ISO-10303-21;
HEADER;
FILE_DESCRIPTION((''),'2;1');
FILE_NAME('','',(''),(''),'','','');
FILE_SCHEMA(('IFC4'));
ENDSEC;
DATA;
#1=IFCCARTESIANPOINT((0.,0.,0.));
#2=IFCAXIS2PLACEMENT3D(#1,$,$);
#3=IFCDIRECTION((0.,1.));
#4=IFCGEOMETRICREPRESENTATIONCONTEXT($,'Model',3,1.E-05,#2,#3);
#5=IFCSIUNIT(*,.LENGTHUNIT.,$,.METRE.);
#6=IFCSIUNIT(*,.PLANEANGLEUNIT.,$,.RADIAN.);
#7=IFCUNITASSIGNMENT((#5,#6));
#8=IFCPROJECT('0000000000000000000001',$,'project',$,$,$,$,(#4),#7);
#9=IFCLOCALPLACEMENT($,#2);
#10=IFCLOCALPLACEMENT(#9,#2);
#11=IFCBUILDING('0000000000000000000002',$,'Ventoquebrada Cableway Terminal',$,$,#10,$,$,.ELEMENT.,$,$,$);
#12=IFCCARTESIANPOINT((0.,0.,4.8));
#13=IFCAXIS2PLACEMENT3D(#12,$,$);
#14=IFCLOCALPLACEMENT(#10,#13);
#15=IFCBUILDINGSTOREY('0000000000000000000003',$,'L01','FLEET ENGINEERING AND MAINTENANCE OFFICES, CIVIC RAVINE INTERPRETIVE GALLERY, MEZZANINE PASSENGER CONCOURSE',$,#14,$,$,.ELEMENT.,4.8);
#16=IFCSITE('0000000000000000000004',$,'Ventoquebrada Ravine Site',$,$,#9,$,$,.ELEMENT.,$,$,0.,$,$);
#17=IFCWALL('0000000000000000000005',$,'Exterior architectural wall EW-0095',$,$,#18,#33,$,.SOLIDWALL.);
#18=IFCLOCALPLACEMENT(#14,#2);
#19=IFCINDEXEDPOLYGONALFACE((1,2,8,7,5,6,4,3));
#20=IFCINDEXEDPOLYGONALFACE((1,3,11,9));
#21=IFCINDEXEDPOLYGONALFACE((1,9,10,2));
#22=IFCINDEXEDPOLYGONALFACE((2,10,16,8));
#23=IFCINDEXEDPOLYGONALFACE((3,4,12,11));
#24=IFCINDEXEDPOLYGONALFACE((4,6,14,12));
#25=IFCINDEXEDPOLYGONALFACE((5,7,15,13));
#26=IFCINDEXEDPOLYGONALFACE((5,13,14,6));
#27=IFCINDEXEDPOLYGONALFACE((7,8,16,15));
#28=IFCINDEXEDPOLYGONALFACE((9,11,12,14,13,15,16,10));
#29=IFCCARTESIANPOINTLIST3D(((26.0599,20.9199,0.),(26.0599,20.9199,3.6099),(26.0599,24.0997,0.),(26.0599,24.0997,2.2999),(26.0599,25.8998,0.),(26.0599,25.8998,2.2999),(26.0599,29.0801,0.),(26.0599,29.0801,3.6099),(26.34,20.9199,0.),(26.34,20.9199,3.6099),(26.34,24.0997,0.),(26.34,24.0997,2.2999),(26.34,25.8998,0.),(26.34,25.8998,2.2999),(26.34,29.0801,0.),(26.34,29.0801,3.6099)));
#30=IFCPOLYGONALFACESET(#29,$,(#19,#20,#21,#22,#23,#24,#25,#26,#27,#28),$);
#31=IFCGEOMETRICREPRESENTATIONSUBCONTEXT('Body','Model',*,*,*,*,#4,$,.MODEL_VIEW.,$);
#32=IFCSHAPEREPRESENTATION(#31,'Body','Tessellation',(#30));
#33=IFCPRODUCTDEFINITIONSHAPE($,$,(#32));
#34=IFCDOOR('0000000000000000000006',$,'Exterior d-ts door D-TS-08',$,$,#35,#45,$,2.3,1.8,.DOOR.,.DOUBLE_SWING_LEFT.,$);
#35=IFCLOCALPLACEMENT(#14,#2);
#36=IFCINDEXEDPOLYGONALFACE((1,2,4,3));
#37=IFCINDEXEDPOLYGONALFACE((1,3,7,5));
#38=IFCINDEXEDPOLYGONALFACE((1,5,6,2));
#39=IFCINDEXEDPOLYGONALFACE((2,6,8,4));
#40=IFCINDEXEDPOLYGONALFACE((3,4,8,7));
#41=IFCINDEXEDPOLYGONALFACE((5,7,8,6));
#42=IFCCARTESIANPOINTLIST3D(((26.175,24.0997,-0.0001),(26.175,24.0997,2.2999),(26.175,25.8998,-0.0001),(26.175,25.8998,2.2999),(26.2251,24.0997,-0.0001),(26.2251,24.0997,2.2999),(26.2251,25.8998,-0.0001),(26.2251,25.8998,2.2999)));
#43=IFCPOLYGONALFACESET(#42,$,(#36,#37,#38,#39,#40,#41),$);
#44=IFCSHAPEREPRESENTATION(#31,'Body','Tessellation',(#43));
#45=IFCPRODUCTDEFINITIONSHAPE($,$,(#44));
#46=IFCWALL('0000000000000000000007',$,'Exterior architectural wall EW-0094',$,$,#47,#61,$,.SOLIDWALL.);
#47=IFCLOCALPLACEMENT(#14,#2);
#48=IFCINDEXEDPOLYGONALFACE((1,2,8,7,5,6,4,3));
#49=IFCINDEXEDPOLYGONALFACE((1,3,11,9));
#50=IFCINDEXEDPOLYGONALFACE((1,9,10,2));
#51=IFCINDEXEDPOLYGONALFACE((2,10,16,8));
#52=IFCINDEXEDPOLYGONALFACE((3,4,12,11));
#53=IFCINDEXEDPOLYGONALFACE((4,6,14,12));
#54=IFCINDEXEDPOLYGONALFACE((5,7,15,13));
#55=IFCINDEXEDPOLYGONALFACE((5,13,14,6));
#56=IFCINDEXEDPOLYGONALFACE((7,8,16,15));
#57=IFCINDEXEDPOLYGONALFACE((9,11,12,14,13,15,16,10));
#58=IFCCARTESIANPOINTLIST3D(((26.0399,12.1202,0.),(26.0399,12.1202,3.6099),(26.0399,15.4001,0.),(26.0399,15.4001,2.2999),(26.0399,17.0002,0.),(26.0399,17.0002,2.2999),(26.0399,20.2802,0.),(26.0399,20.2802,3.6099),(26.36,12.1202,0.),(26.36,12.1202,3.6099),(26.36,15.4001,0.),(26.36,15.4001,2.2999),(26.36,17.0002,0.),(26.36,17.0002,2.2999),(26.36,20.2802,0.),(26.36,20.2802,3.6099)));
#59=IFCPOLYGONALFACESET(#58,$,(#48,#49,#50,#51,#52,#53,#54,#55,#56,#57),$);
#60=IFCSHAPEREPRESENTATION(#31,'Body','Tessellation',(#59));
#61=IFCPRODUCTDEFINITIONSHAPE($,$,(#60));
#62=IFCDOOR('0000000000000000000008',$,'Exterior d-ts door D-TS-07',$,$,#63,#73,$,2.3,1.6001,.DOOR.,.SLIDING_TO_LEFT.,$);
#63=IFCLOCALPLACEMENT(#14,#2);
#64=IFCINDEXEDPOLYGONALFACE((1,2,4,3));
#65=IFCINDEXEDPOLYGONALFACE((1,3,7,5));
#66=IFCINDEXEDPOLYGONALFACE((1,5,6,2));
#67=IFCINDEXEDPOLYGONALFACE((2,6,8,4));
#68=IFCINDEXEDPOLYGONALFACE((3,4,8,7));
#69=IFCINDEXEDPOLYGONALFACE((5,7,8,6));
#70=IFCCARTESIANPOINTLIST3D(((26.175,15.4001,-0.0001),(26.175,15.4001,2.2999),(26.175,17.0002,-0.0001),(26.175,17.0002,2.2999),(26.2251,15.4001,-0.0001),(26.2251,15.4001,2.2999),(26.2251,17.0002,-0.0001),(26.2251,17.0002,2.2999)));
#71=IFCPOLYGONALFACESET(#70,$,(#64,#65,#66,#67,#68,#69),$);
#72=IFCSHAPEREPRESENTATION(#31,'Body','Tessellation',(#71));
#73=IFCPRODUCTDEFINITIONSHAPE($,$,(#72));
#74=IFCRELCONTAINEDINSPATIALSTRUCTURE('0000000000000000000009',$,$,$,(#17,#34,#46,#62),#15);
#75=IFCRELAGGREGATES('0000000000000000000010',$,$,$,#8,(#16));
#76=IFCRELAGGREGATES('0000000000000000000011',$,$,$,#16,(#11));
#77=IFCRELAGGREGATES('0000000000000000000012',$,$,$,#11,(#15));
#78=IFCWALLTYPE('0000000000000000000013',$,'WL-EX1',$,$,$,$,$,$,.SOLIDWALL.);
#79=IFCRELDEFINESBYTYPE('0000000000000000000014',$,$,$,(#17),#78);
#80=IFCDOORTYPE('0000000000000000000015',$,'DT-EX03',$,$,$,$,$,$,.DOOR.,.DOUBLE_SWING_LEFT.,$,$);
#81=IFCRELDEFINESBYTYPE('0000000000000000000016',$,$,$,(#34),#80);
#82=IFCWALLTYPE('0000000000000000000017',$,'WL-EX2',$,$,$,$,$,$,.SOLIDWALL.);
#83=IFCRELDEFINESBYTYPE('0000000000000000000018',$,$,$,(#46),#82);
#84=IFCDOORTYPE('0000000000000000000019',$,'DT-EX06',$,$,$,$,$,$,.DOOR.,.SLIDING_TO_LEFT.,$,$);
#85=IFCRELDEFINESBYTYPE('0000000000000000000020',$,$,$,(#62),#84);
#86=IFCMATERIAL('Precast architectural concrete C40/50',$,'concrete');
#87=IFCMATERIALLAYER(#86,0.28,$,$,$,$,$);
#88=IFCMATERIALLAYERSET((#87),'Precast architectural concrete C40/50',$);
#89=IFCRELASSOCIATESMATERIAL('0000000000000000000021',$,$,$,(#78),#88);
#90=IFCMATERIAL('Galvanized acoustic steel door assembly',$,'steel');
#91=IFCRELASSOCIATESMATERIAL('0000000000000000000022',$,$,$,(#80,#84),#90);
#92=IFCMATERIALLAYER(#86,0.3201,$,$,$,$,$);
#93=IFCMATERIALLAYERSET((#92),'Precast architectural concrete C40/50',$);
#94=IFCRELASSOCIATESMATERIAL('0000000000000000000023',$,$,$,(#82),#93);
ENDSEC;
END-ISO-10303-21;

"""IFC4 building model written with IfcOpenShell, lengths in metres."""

from ifc_helpers import new_model, si_unit, direction, frame, frame_2d, origin, place, context, subcontext, project, spatial, rectangle, extrude, material, layer, layer_set, type_object, element, fill, save


model = new_model("IFC4")

# Units and contexts
model_context = context("Model", 3, precision=1e-05, world=origin(), true_north=direction((0.0, 1.0)))
body_context = subcontext(model_context, "Body", "Model", "MODEL_VIEW")
ifc_project = project(units=[si_unit("LENGTHUNIT", "METRE"), si_unit("PLANEANGLEUNIT", "RADIAN")], contexts=[model_context])

# Site, building, storey
site_placement = place(None, origin())
site = spatial("IfcSite", under=ifc_project, at=site_placement, Name="Ventoquebrada Ravine Site", CompositionType="ELEMENT", RefElevation=0.0)
building_placement = place(site_placement, origin())
building = spatial("IfcBuilding", under=site, at=building_placement, Name="Ventoquebrada Cableway Terminal", CompositionType="ELEMENT")
storey_placement = place(building_placement, frame((0.0, 0.0, 4.8)))
storey = spatial("IfcBuildingStorey", under=building, at=storey_placement, Name="L01", Description="FLEET ENGINEERING AND MAINTENANCE OFFICES, CIVIC RAVINE INTERPRETIVE GALLERY, MEZZANINE PASSENGER CONCOURSE", CompositionType="ELEMENT", Elevation=4.8)

# Walls, openings, doors
ifc_material_1 = material(Name="Precast architectural concrete C40/50", Category="concrete")
ifc_layer_1 = layer(ifc_material_1, 0.28)
ifc_layer_set_1 = layer_set([ifc_layer_1], Name="Precast architectural concrete C40/50")
wall_type_1 = type_object("IfcWallType", Name="WL-EX1", PredefinedType="SOLIDWALL", material=ifc_layer_set_1)
wall_1_placement = place(storey_placement, frame((26.2, 20.9199, 0.0), z_axis=(0.0, 0.0, 1.0), x_axis=(0.0, 1.0, 0.0)))
wall_1 = element("IfcWall", 1, at=wall_1_placement, inside=storey, type_object=wall_type_1, Name="Exterior architectural wall EW-0095", PredefinedType="SOLIDWALL", context=body_context, shape_type="SweptSolid", body=[
    extrude(rectangle(XDim=8.1602, YDim=0.28, at=frame_2d((4.0801, 0.0))), origin(), (0.0, 0.0, 1.0), 3.6099),
])
opening_1_placement = place(wall_1_placement, frame((3.1799, 0.0, 0.0)))
opening_1 = element("IfcOpeningElement", 2, at=opening_1_placement, cuts=wall_1, PredefinedType="OPENING", context=body_context, shape_type="SweptSolid", body=[
    extrude(rectangle(XDim=1.8, YDim=2.3, at=frame_2d((0.8999, 1.1499))), frame((0.0, 0.1499, 0.0), z_axis=(0.0, -1.0, 0.0), x_axis=(1.0, 0.0, 0.0)), (0.0, 0.0, 1.0), 0.3),
])
ifc_material_2 = material(Name="Galvanized acoustic steel door assembly", Category="steel")
door_type_1 = type_object("IfcDoorType", Name="DT-EX03", OperationType="DOUBLE_SWING_LEFT", PredefinedType="DOOR", material=ifc_material_2)
door_1_placement = place(opening_1_placement, origin())
door_1 = element("IfcDoor", 3, at=door_1_placement, inside=storey, type_object=door_type_1, Name="Exterior d-ts door D-TS-08", OperationType="DOUBLE_SWING_LEFT", OverallHeight=2.3, OverallWidth=1.8, PredefinedType="DOOR", context=body_context, shape_type="SweptSolid", body=[
    extrude(rectangle(XDim=1.8, YDim=2.3, at=frame_2d((0.8999, 1.1499))), frame((0.0, 0.0249, 0.0), z_axis=(0.0, -1.0, 0.0), x_axis=(1.0, 0.0, 0.0)), (0.0, 0.0, 1.0), 0.05),
])
fill(opening_1, door_1)
ifc_layer_2 = layer(ifc_material_1, 0.3201)
ifc_layer_set_2 = layer_set([ifc_layer_2], Name="Precast architectural concrete C40/50")
wall_type_2 = type_object("IfcWallType", Name="WL-EX2", PredefinedType="SOLIDWALL", material=ifc_layer_set_2)
wall_2_placement = place(storey_placement, frame((26.2, 12.1201, 0.0), z_axis=(0.0, 0.0, 1.0), x_axis=(0.0, 1.0, 0.0)))
wall_2 = element("IfcWall", 4, at=wall_2_placement, inside=storey, type_object=wall_type_2, Name="Exterior architectural wall EW-0094", PredefinedType="SOLIDWALL", context=body_context, shape_type="SweptSolid", body=[
    extrude(rectangle(XDim=8.1599, YDim=0.3201, at=frame_2d((4.0801, 0.0))), origin(), (0.0, 0.0, 1.0), 3.6099),
])
opening_2_placement = place(wall_2_placement, frame((3.28, 0.0, 0.0)))
opening_2 = element("IfcOpeningElement", 5, at=opening_2_placement, cuts=wall_2, PredefinedType="OPENING", context=body_context, shape_type="SweptSolid", body=[
    extrude(rectangle(XDim=1.6001, YDim=2.3, at=frame_2d((0.8, 1.1499))), frame((0.0, 0.1699, 0.0), z_axis=(0.0, -1.0, 0.0), x_axis=(1.0, 0.0, 0.0)), (0.0, 0.0, 1.0), 0.3401),
])
door_type_2 = type_object("IfcDoorType", Name="DT-EX06", OperationType="SLIDING_TO_LEFT", PredefinedType="DOOR", material=ifc_material_2)
door_2_placement = place(opening_2_placement, origin())
door_2 = element("IfcDoor", 6, at=door_2_placement, inside=storey, type_object=door_type_2, Name="Exterior d-ts door D-TS-07", OperationType="SLIDING_TO_LEFT", OverallHeight=2.3, OverallWidth=1.6001, PredefinedType="DOOR", context=body_context, shape_type="SweptSolid", body=[
    extrude(rectangle(XDim=1.6001, YDim=2.3, at=frame_2d((0.8, 1.1499))), frame((0.0, 0.0249, 0.0), z_axis=(0.0, -1.0, 0.0), x_axis=(1.0, 0.0, 0.0)), (0.0, 0.0, 1.0), 0.05),
])
fill(opening_2, door_2)

save(model, "model.ifc")
